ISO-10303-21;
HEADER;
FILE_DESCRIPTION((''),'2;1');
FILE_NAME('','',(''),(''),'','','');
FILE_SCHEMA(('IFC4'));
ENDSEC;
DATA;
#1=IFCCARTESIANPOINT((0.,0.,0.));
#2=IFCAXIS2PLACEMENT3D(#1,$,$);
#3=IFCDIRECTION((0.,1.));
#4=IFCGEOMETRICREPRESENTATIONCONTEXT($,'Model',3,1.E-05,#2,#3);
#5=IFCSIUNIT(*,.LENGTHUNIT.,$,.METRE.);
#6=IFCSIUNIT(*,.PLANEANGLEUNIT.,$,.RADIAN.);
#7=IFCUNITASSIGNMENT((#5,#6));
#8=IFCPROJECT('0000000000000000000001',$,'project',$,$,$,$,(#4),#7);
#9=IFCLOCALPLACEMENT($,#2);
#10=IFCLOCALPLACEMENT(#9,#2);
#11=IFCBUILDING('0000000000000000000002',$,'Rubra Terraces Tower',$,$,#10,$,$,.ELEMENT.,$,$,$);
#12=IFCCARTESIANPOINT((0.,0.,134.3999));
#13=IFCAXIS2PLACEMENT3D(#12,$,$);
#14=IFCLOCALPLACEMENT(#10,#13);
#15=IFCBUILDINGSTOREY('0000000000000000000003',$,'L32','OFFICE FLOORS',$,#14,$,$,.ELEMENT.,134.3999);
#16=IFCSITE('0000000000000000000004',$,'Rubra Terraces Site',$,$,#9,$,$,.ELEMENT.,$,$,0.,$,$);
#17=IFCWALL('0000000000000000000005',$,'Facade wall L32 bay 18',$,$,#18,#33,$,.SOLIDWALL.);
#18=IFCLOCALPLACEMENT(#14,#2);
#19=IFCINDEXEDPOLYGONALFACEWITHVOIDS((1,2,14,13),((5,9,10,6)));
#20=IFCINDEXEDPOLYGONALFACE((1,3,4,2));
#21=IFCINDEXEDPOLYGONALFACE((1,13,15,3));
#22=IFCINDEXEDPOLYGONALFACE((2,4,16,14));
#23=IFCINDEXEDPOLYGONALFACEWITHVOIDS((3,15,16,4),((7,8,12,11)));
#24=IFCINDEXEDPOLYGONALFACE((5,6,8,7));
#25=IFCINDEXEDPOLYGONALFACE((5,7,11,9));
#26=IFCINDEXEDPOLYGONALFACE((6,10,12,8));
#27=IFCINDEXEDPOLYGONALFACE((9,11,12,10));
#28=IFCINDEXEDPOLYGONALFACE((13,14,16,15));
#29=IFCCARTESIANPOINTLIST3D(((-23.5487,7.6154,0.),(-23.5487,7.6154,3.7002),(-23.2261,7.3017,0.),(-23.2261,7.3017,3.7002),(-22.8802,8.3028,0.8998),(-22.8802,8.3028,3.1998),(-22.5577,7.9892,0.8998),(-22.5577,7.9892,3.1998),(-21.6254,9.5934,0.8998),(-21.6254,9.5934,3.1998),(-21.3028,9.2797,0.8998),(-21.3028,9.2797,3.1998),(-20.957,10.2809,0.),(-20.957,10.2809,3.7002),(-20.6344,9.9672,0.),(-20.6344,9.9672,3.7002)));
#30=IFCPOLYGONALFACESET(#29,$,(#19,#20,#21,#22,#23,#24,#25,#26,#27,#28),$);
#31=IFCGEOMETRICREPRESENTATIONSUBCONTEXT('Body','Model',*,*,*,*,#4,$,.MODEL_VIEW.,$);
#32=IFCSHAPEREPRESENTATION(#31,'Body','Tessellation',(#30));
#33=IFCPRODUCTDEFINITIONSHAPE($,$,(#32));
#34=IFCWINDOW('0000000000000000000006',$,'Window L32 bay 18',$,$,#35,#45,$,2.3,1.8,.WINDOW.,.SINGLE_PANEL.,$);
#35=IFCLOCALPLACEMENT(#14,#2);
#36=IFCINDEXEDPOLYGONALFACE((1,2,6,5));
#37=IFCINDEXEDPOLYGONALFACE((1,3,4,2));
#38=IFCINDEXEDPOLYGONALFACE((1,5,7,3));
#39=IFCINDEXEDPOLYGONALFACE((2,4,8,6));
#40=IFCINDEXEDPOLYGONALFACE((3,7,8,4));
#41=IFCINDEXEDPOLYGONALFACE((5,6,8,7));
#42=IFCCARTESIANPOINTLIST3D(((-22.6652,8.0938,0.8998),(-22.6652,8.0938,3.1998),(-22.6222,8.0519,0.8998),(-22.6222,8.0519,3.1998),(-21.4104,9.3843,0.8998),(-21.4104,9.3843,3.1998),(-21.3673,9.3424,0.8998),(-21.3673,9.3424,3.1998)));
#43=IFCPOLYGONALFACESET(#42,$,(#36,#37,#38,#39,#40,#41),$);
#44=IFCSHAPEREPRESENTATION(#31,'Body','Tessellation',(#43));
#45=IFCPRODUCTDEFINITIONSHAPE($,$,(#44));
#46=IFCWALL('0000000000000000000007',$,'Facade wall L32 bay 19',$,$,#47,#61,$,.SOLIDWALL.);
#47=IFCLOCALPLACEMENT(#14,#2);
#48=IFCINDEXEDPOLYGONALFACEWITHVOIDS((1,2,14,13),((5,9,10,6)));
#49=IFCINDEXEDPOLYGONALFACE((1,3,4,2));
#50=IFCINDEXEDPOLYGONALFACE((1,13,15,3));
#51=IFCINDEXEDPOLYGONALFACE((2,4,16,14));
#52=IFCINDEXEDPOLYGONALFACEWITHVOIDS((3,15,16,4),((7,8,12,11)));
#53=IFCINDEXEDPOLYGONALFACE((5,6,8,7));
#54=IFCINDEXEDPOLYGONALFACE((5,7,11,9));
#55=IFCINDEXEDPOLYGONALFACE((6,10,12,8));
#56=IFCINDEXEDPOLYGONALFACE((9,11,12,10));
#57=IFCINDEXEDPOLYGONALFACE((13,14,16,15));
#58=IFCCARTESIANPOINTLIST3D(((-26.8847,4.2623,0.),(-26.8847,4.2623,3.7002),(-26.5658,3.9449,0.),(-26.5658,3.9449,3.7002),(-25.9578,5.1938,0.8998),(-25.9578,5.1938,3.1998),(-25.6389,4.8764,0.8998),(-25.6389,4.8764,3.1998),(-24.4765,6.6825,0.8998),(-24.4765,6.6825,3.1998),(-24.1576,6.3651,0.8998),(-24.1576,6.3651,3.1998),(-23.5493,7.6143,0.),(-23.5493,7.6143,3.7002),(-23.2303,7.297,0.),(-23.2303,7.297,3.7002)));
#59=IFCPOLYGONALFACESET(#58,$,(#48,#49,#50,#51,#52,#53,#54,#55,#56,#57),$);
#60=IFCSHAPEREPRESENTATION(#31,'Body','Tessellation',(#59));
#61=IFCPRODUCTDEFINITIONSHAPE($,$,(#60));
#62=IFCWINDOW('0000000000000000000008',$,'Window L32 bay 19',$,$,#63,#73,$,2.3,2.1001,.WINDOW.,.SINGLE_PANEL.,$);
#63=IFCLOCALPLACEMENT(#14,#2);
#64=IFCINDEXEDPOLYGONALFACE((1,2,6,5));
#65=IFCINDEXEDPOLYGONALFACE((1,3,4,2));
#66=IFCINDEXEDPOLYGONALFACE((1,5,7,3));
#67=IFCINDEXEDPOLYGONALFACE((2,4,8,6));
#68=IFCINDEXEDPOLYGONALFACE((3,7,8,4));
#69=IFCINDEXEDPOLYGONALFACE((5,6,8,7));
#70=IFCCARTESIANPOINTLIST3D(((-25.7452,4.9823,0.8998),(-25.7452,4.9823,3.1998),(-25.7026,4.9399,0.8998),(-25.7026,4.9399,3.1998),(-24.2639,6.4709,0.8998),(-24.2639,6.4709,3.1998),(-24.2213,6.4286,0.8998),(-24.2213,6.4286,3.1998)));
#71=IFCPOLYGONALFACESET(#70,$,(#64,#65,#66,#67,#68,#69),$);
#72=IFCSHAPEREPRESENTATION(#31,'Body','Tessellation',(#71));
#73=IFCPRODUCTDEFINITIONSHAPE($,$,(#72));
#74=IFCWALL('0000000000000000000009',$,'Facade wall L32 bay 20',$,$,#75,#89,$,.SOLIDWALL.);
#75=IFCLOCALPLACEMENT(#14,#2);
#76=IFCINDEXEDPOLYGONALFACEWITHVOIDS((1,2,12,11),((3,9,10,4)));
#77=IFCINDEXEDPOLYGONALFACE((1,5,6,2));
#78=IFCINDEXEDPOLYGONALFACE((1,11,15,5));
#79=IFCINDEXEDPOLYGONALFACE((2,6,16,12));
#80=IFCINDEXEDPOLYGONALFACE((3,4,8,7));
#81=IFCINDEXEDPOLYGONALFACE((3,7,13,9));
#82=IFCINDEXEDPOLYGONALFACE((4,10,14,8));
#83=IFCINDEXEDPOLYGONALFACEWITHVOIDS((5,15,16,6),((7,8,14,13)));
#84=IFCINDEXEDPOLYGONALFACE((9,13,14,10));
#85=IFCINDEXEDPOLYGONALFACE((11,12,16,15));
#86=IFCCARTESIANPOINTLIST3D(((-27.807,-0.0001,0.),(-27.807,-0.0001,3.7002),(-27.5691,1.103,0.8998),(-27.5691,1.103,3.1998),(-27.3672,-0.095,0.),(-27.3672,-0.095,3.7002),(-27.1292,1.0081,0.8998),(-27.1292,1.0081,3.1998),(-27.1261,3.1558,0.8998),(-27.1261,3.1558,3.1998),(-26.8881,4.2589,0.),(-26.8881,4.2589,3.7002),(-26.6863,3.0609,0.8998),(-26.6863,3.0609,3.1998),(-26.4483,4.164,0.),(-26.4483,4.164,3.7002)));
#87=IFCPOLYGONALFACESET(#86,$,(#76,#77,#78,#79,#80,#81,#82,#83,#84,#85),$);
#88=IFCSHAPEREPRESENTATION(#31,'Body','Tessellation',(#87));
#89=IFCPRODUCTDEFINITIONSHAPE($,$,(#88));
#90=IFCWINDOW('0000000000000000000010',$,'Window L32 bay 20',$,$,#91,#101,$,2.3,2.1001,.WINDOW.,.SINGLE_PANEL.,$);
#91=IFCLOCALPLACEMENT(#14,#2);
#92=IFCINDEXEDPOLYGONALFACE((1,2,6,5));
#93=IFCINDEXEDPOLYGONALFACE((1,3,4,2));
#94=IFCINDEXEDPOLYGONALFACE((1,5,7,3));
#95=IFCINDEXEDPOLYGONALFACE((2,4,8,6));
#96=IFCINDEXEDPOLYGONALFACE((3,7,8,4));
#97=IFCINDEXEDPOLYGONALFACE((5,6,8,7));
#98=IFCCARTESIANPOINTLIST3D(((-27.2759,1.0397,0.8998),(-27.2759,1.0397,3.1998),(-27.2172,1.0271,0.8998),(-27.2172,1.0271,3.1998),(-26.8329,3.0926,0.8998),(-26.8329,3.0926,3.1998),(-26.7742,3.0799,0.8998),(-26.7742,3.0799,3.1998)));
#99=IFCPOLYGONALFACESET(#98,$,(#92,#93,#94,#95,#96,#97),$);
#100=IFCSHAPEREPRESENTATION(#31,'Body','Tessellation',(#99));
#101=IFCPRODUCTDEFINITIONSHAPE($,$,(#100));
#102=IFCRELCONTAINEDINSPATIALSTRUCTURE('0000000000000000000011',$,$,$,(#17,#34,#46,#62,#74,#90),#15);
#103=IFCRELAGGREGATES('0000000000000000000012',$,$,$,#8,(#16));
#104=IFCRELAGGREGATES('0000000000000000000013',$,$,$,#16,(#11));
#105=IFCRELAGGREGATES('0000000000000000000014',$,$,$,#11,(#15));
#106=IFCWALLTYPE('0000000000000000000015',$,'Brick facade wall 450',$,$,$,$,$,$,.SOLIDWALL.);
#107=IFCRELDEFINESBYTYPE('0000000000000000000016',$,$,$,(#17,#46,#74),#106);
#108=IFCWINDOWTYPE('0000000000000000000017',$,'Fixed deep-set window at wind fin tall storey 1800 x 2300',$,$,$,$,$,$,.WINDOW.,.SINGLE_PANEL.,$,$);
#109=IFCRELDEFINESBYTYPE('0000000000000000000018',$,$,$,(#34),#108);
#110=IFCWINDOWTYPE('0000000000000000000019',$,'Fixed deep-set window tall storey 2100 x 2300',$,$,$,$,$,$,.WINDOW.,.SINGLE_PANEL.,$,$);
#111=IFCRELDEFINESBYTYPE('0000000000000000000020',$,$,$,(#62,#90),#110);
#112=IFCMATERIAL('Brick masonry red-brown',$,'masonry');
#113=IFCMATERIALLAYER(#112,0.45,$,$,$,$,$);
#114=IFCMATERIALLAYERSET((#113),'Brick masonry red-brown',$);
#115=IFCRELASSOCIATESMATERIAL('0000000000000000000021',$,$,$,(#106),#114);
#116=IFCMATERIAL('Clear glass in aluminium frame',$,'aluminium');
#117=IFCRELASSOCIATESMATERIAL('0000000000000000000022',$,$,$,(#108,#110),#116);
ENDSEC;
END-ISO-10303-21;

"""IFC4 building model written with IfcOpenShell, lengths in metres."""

from ifc_helpers import new_model, si_unit, direction, frame, frame_2d, origin, place, context, subcontext, project, spatial, rectangle, extrude, material, layer, layer_set, type_object, element, fill, save


model = new_model("IFC4")

# Units and contexts
model_context = context("Model", 3, precision=1e-05, world=origin(), true_north=direction((0.0, 1.0)))
body_context = subcontext(model_context, "Body", "Model", "MODEL_VIEW")
ifc_project = project(units=[si_unit("LENGTHUNIT", "METRE"), si_unit("PLANEANGLEUNIT", "RADIAN")], contexts=[model_context])

# Site, building, storey
site_placement = place(None, origin())
site = spatial("IfcSite", under=ifc_project, at=site_placement, Name="Rubra Terraces Site", CompositionType="ELEMENT", RefElevation=0.0)
building_placement = place(site_placement, origin())
building = spatial("IfcBuilding", under=site, at=building_placement, Name="Rubra Terraces Tower", CompositionType="ELEMENT")
storey_placement = place(building_placement, frame((0.0, 0.0, 134.3999)))
storey = spatial("IfcBuildingStorey", under=building, at=storey_placement, Name="L32", Description="OFFICE FLOORS", CompositionType="ELEMENT", Elevation=134.3999)

# Walls, openings, windows
ifc_material_1 = material(Name="Brick masonry red-brown", Category="masonry")
ifc_layer_1 = layer(ifc_material_1, 0.45)
ifc_layer_set_1 = layer_set([ifc_layer_1], Name="Brick masonry red-brown")
wall_type_1 = type_object("IfcWallType", Name="Brick facade wall 450", PredefinedType="SOLIDWALL", material=ifc_layer_set_1)
wall_1_placement = place(storey_placement, frame((-20.7957, 10.124, 0.0), z_axis=(0.0, 0.0, 1.0), x_axis=(-0.697122, -0.716953, 0.0)))
wall_1 = element("IfcWall", 1, at=wall_1_placement, inside=storey, type_object=wall_type_1, Name="Facade wall L32 bay 18", PredefinedType="SOLIDWALL", context=body_context, shape_type="SweptSolid", body=[
    extrude(rectangle(XDim=3.7178, YDim=0.45, at=frame_2d((1.8589, 0.0))), origin(), (0.0, 0.0, 1.0), 3.7002),
])
opening_1_placement = place(wall_1_placement, frame((0.959, 0.0, 0.8999)))
opening_1 = element("IfcOpeningElement", 2, at=opening_1_placement, cuts=wall_1, PredefinedType="OPENING", context=body_context, shape_type="SweptSolid", body=[
    extrude(rectangle(XDim=1.8, YDim=2.3, at=frame_2d((0.8999, 1.1499))), frame((0.0, 0.2349, 0.0), z_axis=(0.0, -1.0, 0.0), x_axis=(1.0, 0.0, 0.0)), (0.0, 0.0, 1.0), 0.47),
])
ifc_material_2 = material(Name="Clear glass in aluminium frame", Category="aluminium")
window_type_1 = type_object("IfcWindowType", Name="Fixed deep-set window at wind fin tall storey 1800 x 2300", PartitioningType="SINGLE_PANEL", PredefinedType="WINDOW", material=ifc_material_2)
window_1_placement = place(opening_1_placement, origin())
window_1 = element("IfcWindow", 3, at=window_1_placement, inside=storey, type_object=window_type_1, Name="Window L32 bay 18", OverallHeight=2.3, OverallWidth=1.8, PartitioningType="SINGLE_PANEL", PredefinedType="WINDOW", context=body_context, shape_type="SweptSolid", body=[
    extrude(rectangle(XDim=1.8, YDim=2.3, at=frame_2d((0.8999, 1.1499))), frame((0.0, 0.135, 0.0), z_axis=(0.0, -1.0, 0.0), x_axis=(1.0, 0.0, 0.0)), (0.0, 0.0, 1.0), 0.0601),
])
fill(opening_1, window_1)
wall_2_placement = place(storey_placement, frame((-23.3899, 7.4556, 0.0), z_axis=(0.0, 0.0, 1.0), x_axis=(-0.705349, -0.70886, 0.0)))
wall_2 = element("IfcWall", 4, at=wall_2_placement, inside=storey, type_object=wall_type_1, Name="Facade wall L32 bay 19", PredefinedType="SOLIDWALL", context=body_context, shape_type="SweptSolid", body=[
    extrude(rectangle(XDim=4.7288, YDim=0.45, at=frame_2d((2.3643, 0.0))), origin(), (0.0, 0.0, 1.0), 3.7002),
])
opening_2_placement = place(wall_2_placement, frame((1.3145, 0.0, 0.8999)))
opening_2 = element("IfcOpeningElement", 5, at=opening_2_placement, cuts=wall_2, PredefinedType="OPENING", context=body_context, shape_type="SweptSolid", body=[
    extrude(rectangle(XDim=2.1001, YDim=2.3, at=frame_2d((1.05, 1.1499))), frame((0.0, 0.2349, 0.0), z_axis=(0.0, -1.0, 0.0), x_axis=(1.0, 0.0, 0.0)), (0.0, 0.0, 1.0), 0.47),
])
window_type_2 = type_object("IfcWindowType", Name="Fixed deep-set window tall storey 2100 x 2300", PartitioningType="SINGLE_PANEL", PredefinedType="WINDOW", material=ifc_material_2)
window_2_placement = place(opening_2_placement, origin())
window_2 = element("IfcWindow", 6, at=window_2_placement, inside=storey, type_object=window_type_2, Name="Window L32 bay 19", OverallHeight=2.3, OverallWidth=2.1001, PartitioningType="SINGLE_PANEL", PredefinedType="WINDOW", context=body_context, shape_type="SweptSolid", body=[
    extrude(rectangle(XDim=2.1001, YDim=2.3, at=frame_2d((1.05, 1.1499))), frame((0.0, 0.135, 0.0), z_axis=(0.0, -1.0, 0.0), x_axis=(1.0, 0.0, 0.0)), (0.0, 0.0, 1.0), 0.0601),
])
fill(opening_2, window_2)
wall_3_placement = place(storey_placement, frame((-26.6682, 4.2114, 0.0), z_axis=(0.0, 0.0, 1.0), x_axis=(-0.21091, -0.977505, 0.0)))
wall_3 = element("IfcWall", 7, at=wall_3_placement, inside=storey, type_object=wall_type_1, Name="Facade wall L32 bay 20", PredefinedType="SOLIDWALL", context=body_context, shape_type="SweptSolid", body=[
    extrude(rectangle(XDim=4.3569, YDim=0.45, at=frame_2d((2.1785, 0.0))), origin(), (0.0, 0.0, 1.0), 3.7002),
])
opening_3_placement = place(wall_3_placement, frame((1.1284, 0.0, 0.8999)))
opening_3 = element("IfcOpeningElement", 8, at=opening_3_placement, cuts=wall_3, PredefinedType="OPENING", context=body_context, shape_type="SweptSolid", body=[
    extrude(rectangle(XDim=2.1001, YDim=2.3, at=frame_2d((1.05, 1.1499))), frame((0.0, 0.2349, 0.0), z_axis=(0.0, -1.0, 0.0), x_axis=(1.0, 0.0, 0.0)), (0.0, 0.0, 1.0), 0.47),
])
window_3_placement = place(opening_3_placement, origin())
window_3 = element("IfcWindow", 9, at=window_3_placement, inside=storey, type_object=window_type_2, Name="Window L32 bay 20", OverallHeight=2.3, OverallWidth=2.1001, PartitioningType="SINGLE_PANEL", PredefinedType="WINDOW", context=body_context, shape_type="SweptSolid", body=[
    extrude(rectangle(XDim=2.1001, YDim=2.3, at=frame_2d((1.05, 1.1499))), frame((0.0, 0.135, 0.0), z_axis=(0.0, -1.0, 0.0), x_axis=(1.0, 0.0, 0.0)), (0.0, 0.0, 1.0), 0.0601),
])
fill(opening_3, window_3)

save(model, "model.ifc")
